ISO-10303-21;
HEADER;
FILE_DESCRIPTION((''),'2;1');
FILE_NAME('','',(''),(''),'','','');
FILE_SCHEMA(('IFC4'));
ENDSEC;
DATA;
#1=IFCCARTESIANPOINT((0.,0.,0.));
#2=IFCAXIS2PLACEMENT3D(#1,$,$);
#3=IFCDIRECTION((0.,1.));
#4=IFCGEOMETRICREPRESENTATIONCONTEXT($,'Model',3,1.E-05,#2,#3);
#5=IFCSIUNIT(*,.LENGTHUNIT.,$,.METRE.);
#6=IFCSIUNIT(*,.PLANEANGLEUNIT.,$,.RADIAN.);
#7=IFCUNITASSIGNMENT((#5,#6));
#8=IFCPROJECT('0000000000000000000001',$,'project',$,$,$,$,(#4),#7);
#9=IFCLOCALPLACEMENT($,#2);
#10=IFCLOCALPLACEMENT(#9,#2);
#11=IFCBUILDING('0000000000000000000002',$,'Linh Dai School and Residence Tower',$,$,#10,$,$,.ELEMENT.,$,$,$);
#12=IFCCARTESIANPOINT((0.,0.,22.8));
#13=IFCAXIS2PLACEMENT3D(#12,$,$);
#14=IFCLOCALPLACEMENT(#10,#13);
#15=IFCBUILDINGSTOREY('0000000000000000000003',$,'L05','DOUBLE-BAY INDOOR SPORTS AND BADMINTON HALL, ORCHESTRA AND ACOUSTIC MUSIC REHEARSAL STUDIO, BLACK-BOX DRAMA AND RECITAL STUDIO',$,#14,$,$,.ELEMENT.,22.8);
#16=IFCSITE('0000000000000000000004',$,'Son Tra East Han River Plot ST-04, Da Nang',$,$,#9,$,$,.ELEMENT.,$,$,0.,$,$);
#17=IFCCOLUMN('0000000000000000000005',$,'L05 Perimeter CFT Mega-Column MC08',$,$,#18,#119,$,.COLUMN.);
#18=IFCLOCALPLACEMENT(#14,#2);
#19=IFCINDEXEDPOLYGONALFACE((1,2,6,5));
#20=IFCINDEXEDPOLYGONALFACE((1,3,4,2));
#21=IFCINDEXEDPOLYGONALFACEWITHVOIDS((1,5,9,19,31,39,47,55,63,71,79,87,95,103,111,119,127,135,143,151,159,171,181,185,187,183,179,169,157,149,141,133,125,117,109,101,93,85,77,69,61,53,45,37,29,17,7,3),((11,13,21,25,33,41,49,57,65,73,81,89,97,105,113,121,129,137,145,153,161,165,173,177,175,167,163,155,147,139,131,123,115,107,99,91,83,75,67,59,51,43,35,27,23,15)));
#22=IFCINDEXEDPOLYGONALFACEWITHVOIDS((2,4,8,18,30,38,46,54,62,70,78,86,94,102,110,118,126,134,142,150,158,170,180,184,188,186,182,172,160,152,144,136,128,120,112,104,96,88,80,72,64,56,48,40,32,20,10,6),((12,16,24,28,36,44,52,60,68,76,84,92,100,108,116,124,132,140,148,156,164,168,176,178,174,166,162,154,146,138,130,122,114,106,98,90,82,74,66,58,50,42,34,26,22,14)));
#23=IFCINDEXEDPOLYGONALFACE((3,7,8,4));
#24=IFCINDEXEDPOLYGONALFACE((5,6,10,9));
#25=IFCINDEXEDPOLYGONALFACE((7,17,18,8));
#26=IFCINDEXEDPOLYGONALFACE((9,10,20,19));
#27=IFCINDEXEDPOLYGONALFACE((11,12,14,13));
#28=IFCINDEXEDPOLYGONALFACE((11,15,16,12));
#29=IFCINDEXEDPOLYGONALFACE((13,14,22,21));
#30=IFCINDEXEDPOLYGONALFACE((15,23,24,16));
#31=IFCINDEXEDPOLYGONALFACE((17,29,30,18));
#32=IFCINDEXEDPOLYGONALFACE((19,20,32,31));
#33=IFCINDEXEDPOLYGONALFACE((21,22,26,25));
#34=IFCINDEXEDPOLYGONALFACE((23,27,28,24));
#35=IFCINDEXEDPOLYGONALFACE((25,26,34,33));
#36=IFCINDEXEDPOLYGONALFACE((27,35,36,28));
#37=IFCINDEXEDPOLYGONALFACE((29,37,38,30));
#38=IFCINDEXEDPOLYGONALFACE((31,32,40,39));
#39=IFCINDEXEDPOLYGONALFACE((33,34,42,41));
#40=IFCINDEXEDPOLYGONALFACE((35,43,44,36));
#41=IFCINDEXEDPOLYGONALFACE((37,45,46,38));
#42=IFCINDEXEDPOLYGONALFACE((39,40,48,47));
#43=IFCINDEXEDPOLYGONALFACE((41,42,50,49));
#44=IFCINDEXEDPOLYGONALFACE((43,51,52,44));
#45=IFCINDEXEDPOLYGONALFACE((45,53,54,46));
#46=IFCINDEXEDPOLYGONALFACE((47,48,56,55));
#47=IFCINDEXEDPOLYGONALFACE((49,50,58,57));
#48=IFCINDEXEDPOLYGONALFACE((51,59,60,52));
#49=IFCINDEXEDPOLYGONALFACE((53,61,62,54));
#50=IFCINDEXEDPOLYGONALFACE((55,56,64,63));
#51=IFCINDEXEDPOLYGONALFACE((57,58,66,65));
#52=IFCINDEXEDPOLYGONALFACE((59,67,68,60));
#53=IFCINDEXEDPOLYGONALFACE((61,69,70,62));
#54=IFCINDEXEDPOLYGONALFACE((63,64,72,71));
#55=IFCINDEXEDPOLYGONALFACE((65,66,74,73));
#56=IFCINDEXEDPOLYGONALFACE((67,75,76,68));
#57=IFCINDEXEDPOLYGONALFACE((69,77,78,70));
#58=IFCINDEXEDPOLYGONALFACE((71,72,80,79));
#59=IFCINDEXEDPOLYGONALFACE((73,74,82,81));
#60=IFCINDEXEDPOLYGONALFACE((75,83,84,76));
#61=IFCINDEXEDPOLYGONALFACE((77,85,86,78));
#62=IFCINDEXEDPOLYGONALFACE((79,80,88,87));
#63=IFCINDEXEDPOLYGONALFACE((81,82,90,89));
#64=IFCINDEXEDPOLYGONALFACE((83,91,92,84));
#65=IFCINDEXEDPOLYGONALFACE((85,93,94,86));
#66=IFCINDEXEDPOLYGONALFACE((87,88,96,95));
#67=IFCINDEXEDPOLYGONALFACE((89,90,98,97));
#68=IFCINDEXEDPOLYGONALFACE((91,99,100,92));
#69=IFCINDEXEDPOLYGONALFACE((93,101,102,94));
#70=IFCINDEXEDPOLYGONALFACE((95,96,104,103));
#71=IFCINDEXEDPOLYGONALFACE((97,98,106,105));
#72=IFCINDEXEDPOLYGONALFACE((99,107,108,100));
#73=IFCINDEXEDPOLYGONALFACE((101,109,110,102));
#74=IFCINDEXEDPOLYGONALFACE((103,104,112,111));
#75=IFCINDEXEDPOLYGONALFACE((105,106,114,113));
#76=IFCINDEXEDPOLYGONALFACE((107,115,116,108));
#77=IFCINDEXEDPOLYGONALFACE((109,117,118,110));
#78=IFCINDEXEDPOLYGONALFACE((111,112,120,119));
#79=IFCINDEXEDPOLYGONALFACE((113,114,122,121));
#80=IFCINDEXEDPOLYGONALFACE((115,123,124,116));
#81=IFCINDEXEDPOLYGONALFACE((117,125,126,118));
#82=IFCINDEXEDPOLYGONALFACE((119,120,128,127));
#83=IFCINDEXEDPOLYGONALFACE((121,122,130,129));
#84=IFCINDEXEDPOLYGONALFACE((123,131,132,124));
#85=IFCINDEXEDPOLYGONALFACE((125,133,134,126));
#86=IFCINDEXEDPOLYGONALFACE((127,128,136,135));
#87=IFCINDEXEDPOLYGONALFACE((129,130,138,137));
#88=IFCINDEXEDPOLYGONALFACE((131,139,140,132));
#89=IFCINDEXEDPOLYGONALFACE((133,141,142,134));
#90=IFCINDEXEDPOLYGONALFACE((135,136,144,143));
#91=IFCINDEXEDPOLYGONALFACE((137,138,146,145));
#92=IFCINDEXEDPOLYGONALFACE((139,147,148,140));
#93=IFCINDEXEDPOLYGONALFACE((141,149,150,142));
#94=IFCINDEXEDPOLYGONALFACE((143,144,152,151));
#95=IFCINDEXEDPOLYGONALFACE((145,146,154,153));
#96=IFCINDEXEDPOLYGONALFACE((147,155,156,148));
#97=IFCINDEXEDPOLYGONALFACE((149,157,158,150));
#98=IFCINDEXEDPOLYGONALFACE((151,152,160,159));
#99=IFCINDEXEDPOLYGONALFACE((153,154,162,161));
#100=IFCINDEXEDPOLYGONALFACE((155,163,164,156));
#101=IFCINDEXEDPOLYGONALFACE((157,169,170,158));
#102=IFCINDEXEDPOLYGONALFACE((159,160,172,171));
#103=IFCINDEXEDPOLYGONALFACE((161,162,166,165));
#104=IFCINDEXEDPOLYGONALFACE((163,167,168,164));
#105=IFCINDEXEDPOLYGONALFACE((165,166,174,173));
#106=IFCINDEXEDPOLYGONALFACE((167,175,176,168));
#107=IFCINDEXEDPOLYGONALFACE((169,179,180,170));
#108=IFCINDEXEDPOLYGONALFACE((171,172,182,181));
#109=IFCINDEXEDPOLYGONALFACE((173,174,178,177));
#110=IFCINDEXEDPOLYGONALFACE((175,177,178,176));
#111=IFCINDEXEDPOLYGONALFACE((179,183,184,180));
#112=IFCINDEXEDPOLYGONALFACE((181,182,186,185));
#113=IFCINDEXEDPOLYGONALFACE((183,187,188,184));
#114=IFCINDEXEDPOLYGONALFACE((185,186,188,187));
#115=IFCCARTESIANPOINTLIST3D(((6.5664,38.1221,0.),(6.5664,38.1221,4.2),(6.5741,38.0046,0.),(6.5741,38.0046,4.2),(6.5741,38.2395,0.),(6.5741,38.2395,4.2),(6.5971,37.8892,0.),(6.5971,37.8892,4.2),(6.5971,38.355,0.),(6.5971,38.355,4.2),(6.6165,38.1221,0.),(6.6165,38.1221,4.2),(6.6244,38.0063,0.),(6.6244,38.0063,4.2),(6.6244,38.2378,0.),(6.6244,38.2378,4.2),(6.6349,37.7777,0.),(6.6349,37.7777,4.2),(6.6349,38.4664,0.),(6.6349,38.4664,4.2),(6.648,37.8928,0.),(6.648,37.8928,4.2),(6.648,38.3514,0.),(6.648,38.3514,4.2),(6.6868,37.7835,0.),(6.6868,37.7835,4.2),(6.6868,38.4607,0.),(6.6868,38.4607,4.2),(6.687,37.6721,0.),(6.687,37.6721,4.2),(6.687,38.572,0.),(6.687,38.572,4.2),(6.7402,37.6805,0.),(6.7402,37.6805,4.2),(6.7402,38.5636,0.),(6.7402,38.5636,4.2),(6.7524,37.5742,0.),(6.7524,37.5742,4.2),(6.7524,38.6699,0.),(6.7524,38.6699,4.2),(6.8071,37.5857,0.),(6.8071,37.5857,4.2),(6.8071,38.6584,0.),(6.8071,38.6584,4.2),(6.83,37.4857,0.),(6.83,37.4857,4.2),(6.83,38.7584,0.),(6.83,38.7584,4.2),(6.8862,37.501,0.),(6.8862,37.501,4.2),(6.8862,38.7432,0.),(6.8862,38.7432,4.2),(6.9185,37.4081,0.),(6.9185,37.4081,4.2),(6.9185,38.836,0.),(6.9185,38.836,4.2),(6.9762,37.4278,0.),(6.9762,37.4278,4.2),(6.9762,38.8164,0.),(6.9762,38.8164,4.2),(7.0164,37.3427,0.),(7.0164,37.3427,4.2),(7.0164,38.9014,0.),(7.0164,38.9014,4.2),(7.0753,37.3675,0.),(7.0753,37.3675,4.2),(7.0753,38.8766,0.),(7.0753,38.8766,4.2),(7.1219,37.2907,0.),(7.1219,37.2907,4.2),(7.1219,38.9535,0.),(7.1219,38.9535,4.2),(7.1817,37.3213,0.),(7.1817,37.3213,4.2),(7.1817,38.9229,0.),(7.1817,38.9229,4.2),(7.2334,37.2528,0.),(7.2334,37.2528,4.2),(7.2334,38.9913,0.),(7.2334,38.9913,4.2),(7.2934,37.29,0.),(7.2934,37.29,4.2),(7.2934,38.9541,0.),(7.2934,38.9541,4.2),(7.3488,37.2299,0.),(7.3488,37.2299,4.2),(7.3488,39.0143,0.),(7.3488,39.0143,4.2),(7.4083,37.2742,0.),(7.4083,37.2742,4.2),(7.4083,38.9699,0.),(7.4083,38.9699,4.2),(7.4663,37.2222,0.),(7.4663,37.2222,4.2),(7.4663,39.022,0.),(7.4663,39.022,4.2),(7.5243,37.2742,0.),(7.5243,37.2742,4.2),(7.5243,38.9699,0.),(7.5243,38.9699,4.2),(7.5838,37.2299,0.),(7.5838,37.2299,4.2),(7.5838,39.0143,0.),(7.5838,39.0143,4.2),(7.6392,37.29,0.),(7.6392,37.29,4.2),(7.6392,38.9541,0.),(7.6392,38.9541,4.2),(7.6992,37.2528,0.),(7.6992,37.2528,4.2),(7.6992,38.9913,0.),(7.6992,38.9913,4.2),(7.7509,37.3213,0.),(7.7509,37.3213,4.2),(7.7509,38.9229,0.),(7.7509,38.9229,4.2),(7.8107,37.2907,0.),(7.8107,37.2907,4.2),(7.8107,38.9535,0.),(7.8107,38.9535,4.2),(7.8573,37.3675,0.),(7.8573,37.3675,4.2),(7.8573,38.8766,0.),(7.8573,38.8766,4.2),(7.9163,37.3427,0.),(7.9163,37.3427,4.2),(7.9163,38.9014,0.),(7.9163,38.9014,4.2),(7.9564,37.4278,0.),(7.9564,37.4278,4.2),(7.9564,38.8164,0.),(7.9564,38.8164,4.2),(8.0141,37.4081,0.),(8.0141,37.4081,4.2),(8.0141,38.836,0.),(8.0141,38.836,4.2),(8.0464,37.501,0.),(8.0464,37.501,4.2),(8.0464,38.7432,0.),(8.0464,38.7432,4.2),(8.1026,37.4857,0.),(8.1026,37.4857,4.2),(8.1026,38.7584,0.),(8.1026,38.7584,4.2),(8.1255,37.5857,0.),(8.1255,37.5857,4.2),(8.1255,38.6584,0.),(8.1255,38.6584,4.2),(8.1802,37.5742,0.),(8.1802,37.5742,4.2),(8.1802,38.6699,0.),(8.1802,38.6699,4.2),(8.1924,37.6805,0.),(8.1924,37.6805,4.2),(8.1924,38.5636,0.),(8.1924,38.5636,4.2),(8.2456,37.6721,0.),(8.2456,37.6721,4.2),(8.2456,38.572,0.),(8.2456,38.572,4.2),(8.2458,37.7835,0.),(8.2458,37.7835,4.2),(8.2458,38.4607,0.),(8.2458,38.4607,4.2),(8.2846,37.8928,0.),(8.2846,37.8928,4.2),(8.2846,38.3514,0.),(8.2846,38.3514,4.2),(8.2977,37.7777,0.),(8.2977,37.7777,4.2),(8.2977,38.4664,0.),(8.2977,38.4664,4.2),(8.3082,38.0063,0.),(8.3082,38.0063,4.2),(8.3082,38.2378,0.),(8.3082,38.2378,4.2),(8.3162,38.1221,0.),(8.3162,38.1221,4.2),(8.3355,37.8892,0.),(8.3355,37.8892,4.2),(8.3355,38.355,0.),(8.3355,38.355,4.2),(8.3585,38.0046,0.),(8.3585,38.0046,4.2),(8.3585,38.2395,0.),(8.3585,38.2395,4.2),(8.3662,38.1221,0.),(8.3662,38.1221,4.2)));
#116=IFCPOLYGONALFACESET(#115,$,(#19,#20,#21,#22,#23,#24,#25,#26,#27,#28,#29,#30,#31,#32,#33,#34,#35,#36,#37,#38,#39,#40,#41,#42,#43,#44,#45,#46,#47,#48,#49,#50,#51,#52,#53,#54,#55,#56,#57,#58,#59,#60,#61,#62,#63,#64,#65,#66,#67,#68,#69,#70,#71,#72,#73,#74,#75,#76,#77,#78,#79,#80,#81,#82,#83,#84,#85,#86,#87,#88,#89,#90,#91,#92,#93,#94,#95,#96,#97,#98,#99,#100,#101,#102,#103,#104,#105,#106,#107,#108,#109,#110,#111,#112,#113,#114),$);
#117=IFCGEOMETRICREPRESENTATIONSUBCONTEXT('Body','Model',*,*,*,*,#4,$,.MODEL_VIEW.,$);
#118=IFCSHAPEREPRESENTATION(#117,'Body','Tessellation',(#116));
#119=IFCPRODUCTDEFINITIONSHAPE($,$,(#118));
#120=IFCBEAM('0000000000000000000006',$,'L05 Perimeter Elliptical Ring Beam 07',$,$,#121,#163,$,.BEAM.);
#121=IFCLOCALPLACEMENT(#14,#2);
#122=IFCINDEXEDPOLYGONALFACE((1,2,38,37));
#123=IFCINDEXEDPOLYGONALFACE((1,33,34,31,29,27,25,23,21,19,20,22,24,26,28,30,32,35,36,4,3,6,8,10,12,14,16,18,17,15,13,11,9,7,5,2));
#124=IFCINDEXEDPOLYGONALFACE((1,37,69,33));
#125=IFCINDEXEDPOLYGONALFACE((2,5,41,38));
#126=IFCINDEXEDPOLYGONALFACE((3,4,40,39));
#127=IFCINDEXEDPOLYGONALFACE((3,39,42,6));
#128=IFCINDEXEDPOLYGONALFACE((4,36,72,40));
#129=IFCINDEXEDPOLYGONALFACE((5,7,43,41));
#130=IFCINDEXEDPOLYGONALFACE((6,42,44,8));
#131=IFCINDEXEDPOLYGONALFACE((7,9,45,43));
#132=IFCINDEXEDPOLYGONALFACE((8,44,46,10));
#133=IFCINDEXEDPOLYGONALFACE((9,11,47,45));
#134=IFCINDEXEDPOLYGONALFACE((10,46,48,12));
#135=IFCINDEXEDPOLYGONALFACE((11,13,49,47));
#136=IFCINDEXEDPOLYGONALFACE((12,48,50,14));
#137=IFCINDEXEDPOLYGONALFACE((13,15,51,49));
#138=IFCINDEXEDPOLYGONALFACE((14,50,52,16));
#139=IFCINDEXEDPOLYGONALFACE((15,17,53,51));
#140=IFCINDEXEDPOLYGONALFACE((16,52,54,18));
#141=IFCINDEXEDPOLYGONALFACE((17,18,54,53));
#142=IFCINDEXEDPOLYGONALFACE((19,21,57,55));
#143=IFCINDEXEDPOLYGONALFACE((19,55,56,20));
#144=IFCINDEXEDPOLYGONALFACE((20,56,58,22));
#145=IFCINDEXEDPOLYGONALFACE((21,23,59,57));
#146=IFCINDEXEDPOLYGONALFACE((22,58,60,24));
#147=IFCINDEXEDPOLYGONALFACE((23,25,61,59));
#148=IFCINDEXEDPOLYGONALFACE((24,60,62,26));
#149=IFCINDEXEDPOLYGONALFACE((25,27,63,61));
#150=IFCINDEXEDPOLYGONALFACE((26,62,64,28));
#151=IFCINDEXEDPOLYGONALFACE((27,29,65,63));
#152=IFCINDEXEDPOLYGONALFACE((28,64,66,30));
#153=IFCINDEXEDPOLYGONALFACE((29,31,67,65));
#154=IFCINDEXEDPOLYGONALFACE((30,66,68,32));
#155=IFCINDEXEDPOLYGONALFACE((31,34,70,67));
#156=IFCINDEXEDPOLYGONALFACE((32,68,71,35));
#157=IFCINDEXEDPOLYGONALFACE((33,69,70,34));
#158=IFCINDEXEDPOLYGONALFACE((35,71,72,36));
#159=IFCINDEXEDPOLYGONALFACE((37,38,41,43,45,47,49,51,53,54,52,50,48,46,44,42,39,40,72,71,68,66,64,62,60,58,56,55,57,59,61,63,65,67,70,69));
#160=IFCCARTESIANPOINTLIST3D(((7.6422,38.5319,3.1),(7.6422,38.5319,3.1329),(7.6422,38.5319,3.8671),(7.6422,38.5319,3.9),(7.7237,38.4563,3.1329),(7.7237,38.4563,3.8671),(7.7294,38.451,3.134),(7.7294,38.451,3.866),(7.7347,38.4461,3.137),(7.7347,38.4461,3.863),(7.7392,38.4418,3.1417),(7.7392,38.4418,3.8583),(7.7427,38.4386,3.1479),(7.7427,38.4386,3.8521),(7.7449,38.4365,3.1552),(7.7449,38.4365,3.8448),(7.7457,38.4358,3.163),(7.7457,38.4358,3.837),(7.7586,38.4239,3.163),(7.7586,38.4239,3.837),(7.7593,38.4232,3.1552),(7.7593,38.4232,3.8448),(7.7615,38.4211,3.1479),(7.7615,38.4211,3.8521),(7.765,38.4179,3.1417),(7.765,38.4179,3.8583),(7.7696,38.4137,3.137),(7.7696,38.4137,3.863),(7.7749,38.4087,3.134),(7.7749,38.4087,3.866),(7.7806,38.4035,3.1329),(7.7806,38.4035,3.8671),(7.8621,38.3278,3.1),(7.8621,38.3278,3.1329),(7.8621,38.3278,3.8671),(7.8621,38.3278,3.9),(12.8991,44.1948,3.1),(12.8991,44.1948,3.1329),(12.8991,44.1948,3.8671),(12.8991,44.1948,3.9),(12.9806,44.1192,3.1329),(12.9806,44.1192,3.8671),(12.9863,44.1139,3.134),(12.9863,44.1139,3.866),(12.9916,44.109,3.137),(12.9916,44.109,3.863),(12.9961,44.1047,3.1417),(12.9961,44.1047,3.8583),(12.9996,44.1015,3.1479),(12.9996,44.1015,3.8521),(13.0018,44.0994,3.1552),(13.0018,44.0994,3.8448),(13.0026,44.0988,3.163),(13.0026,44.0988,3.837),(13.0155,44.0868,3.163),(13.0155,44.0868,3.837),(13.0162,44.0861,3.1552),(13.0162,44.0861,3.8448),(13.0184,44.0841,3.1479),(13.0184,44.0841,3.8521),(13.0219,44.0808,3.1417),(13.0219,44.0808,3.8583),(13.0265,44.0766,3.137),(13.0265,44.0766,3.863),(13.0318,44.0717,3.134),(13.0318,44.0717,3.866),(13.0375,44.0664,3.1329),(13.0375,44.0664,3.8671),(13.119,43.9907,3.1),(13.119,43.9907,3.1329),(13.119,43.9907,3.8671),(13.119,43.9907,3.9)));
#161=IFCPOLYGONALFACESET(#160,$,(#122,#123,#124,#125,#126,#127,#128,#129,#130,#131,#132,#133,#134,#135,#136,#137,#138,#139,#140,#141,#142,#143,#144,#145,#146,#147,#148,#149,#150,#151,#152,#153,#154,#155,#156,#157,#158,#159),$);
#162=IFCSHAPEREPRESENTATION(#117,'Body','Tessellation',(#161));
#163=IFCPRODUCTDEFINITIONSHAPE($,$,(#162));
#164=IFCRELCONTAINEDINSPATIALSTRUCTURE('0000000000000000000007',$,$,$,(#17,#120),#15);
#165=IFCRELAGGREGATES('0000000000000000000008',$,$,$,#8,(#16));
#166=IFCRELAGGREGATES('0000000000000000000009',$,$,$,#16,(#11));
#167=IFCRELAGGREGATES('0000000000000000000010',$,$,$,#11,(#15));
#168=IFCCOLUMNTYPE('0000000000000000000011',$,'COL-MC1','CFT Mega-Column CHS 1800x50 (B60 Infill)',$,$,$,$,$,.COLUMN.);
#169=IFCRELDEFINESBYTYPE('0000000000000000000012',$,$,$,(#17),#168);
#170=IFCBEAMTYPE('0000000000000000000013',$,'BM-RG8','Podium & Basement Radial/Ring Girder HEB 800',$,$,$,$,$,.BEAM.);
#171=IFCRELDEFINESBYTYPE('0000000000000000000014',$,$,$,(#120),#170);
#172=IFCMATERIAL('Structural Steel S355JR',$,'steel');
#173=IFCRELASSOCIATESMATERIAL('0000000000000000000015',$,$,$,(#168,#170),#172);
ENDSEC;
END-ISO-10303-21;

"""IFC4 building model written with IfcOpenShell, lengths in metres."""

from ifc_helpers import new_model, si_unit, direction, frame, origin, origin_2d, place, context, subcontext, project, spatial, hollow_circle, i_section, extrude, material, material_profile, profile_set, type_object, element, save


model = new_model("IFC4")

# Units and contexts
model_context = context("Model", 3, precision=1e-05, world=origin(), true_north=direction((0.0, 1.0)))
body_context = subcontext(model_context, "Body", "Model", "MODEL_VIEW")
ifc_project = project(units=[si_unit("LENGTHUNIT", "METRE"), si_unit("PLANEANGLEUNIT", "RADIAN")], contexts=[model_context])

# Site, building, storey
site_placement = place(None, origin())
site = spatial("IfcSite", under=ifc_project, at=site_placement, Name="Son Tra East Han River Plot ST-04, Da Nang", CompositionType="ELEMENT", RefElevation=0.0)
building_placement = place(site_placement, origin())
building = spatial("IfcBuilding", under=site, at=building_placement, Name="Linh Dai School and Residence Tower", CompositionType="ELEMENT")
storey_placement = place(building_placement, frame((0.0, 0.0, 22.8)))
storey = spatial("IfcBuildingStorey", under=building, at=storey_placement, Name="L05", Description="DOUBLE-BAY INDOOR SPORTS AND BADMINTON HALL, ORCHESTRA AND ACOUSTIC MUSIC REHEARSAL STUDIO, BLACK-BOX DRAMA AND RECITAL STUDIO", CompositionType="ELEMENT", Elevation=22.8)

# Column
ifc_material_1 = material(Name="Structural Steel S355JR", Category="steel")
ifc_material_profile_1 = material_profile(ifc_material_1, hollow_circle(Radius=0.8999, WallThickness=0.05, at=origin_2d()), Name="CHS 1800x50")
ifc_profile_set_1 = profile_set([ifc_material_profile_1], Name="Structural Steel S355JR")
column_type = type_object("IfcColumnType", Name="COL-MC1", Description="CFT Mega-Column CHS 1800x50 (B60 Infill)", PredefinedType="COLUMN", material=ifc_profile_set_1)
for number, where, z_axis, x_axis, name in (
    (1, (7.4663, 38.1221, 0.0), (0.0, 0.0, 1.0), (1.0, 0.0, 0.0), "L05 Perimeter CFT Mega-Column MC08"),
):
    element("IfcColumn", number, at=place(storey_placement, frame(where, z_axis=z_axis, x_axis=x_axis)), inside=storey, type_object=column_type, Name=name, PredefinedType="COLUMN", context=body_context, shape_type="SweptSolid", body=[
        extrude(hollow_circle(Radius=0.8999, WallThickness=0.05, at=origin_2d()), origin(), (0.0, 0.0, 1.0), 4.2),
    ])

# Beam
ifc_material_profile_2 = material_profile(ifc_material_1, i_section(OverallWidth=0.3, OverallDepth=0.8, WebThickness=0.0176, FlangeThickness=0.033, FilletRadius=0.03, at=origin_2d()), Name="HEB 800")
ifc_profile_set_2 = profile_set([ifc_material_profile_2], Name="Structural Steel S355JR")
beam_type_1 = type_object("IfcBeamType", Name="BM-RG8", Description="Podium & Basement Radial/Ring Girder HEB 800", PredefinedType="BEAM", material=ifc_profile_set_2)
beam_1_placement = place(storey_placement, frame((13.009, 44.0928, 3.5), z_axis=(-0.680346, -0.732891, 0.0), x_axis=(0.732891, -0.680346, 0.0)))
element("IfcBeam", 2, at=beam_1_placement, inside=storey, type_object=beam_type_1, Name="L05 Perimeter Elliptical Ring Beam 07", PredefinedType="BEAM", context=body_context, shape_type="SweptSolid", body=[
    extrude(i_section(OverallWidth=0.3, OverallDepth=0.8, WebThickness=0.0176, FlangeThickness=0.033, FilletRadius=0.03, at=origin_2d()), origin(), (0.0, 0.0, 1.0), 7.7268),
])

save(model, "model.ifc")
